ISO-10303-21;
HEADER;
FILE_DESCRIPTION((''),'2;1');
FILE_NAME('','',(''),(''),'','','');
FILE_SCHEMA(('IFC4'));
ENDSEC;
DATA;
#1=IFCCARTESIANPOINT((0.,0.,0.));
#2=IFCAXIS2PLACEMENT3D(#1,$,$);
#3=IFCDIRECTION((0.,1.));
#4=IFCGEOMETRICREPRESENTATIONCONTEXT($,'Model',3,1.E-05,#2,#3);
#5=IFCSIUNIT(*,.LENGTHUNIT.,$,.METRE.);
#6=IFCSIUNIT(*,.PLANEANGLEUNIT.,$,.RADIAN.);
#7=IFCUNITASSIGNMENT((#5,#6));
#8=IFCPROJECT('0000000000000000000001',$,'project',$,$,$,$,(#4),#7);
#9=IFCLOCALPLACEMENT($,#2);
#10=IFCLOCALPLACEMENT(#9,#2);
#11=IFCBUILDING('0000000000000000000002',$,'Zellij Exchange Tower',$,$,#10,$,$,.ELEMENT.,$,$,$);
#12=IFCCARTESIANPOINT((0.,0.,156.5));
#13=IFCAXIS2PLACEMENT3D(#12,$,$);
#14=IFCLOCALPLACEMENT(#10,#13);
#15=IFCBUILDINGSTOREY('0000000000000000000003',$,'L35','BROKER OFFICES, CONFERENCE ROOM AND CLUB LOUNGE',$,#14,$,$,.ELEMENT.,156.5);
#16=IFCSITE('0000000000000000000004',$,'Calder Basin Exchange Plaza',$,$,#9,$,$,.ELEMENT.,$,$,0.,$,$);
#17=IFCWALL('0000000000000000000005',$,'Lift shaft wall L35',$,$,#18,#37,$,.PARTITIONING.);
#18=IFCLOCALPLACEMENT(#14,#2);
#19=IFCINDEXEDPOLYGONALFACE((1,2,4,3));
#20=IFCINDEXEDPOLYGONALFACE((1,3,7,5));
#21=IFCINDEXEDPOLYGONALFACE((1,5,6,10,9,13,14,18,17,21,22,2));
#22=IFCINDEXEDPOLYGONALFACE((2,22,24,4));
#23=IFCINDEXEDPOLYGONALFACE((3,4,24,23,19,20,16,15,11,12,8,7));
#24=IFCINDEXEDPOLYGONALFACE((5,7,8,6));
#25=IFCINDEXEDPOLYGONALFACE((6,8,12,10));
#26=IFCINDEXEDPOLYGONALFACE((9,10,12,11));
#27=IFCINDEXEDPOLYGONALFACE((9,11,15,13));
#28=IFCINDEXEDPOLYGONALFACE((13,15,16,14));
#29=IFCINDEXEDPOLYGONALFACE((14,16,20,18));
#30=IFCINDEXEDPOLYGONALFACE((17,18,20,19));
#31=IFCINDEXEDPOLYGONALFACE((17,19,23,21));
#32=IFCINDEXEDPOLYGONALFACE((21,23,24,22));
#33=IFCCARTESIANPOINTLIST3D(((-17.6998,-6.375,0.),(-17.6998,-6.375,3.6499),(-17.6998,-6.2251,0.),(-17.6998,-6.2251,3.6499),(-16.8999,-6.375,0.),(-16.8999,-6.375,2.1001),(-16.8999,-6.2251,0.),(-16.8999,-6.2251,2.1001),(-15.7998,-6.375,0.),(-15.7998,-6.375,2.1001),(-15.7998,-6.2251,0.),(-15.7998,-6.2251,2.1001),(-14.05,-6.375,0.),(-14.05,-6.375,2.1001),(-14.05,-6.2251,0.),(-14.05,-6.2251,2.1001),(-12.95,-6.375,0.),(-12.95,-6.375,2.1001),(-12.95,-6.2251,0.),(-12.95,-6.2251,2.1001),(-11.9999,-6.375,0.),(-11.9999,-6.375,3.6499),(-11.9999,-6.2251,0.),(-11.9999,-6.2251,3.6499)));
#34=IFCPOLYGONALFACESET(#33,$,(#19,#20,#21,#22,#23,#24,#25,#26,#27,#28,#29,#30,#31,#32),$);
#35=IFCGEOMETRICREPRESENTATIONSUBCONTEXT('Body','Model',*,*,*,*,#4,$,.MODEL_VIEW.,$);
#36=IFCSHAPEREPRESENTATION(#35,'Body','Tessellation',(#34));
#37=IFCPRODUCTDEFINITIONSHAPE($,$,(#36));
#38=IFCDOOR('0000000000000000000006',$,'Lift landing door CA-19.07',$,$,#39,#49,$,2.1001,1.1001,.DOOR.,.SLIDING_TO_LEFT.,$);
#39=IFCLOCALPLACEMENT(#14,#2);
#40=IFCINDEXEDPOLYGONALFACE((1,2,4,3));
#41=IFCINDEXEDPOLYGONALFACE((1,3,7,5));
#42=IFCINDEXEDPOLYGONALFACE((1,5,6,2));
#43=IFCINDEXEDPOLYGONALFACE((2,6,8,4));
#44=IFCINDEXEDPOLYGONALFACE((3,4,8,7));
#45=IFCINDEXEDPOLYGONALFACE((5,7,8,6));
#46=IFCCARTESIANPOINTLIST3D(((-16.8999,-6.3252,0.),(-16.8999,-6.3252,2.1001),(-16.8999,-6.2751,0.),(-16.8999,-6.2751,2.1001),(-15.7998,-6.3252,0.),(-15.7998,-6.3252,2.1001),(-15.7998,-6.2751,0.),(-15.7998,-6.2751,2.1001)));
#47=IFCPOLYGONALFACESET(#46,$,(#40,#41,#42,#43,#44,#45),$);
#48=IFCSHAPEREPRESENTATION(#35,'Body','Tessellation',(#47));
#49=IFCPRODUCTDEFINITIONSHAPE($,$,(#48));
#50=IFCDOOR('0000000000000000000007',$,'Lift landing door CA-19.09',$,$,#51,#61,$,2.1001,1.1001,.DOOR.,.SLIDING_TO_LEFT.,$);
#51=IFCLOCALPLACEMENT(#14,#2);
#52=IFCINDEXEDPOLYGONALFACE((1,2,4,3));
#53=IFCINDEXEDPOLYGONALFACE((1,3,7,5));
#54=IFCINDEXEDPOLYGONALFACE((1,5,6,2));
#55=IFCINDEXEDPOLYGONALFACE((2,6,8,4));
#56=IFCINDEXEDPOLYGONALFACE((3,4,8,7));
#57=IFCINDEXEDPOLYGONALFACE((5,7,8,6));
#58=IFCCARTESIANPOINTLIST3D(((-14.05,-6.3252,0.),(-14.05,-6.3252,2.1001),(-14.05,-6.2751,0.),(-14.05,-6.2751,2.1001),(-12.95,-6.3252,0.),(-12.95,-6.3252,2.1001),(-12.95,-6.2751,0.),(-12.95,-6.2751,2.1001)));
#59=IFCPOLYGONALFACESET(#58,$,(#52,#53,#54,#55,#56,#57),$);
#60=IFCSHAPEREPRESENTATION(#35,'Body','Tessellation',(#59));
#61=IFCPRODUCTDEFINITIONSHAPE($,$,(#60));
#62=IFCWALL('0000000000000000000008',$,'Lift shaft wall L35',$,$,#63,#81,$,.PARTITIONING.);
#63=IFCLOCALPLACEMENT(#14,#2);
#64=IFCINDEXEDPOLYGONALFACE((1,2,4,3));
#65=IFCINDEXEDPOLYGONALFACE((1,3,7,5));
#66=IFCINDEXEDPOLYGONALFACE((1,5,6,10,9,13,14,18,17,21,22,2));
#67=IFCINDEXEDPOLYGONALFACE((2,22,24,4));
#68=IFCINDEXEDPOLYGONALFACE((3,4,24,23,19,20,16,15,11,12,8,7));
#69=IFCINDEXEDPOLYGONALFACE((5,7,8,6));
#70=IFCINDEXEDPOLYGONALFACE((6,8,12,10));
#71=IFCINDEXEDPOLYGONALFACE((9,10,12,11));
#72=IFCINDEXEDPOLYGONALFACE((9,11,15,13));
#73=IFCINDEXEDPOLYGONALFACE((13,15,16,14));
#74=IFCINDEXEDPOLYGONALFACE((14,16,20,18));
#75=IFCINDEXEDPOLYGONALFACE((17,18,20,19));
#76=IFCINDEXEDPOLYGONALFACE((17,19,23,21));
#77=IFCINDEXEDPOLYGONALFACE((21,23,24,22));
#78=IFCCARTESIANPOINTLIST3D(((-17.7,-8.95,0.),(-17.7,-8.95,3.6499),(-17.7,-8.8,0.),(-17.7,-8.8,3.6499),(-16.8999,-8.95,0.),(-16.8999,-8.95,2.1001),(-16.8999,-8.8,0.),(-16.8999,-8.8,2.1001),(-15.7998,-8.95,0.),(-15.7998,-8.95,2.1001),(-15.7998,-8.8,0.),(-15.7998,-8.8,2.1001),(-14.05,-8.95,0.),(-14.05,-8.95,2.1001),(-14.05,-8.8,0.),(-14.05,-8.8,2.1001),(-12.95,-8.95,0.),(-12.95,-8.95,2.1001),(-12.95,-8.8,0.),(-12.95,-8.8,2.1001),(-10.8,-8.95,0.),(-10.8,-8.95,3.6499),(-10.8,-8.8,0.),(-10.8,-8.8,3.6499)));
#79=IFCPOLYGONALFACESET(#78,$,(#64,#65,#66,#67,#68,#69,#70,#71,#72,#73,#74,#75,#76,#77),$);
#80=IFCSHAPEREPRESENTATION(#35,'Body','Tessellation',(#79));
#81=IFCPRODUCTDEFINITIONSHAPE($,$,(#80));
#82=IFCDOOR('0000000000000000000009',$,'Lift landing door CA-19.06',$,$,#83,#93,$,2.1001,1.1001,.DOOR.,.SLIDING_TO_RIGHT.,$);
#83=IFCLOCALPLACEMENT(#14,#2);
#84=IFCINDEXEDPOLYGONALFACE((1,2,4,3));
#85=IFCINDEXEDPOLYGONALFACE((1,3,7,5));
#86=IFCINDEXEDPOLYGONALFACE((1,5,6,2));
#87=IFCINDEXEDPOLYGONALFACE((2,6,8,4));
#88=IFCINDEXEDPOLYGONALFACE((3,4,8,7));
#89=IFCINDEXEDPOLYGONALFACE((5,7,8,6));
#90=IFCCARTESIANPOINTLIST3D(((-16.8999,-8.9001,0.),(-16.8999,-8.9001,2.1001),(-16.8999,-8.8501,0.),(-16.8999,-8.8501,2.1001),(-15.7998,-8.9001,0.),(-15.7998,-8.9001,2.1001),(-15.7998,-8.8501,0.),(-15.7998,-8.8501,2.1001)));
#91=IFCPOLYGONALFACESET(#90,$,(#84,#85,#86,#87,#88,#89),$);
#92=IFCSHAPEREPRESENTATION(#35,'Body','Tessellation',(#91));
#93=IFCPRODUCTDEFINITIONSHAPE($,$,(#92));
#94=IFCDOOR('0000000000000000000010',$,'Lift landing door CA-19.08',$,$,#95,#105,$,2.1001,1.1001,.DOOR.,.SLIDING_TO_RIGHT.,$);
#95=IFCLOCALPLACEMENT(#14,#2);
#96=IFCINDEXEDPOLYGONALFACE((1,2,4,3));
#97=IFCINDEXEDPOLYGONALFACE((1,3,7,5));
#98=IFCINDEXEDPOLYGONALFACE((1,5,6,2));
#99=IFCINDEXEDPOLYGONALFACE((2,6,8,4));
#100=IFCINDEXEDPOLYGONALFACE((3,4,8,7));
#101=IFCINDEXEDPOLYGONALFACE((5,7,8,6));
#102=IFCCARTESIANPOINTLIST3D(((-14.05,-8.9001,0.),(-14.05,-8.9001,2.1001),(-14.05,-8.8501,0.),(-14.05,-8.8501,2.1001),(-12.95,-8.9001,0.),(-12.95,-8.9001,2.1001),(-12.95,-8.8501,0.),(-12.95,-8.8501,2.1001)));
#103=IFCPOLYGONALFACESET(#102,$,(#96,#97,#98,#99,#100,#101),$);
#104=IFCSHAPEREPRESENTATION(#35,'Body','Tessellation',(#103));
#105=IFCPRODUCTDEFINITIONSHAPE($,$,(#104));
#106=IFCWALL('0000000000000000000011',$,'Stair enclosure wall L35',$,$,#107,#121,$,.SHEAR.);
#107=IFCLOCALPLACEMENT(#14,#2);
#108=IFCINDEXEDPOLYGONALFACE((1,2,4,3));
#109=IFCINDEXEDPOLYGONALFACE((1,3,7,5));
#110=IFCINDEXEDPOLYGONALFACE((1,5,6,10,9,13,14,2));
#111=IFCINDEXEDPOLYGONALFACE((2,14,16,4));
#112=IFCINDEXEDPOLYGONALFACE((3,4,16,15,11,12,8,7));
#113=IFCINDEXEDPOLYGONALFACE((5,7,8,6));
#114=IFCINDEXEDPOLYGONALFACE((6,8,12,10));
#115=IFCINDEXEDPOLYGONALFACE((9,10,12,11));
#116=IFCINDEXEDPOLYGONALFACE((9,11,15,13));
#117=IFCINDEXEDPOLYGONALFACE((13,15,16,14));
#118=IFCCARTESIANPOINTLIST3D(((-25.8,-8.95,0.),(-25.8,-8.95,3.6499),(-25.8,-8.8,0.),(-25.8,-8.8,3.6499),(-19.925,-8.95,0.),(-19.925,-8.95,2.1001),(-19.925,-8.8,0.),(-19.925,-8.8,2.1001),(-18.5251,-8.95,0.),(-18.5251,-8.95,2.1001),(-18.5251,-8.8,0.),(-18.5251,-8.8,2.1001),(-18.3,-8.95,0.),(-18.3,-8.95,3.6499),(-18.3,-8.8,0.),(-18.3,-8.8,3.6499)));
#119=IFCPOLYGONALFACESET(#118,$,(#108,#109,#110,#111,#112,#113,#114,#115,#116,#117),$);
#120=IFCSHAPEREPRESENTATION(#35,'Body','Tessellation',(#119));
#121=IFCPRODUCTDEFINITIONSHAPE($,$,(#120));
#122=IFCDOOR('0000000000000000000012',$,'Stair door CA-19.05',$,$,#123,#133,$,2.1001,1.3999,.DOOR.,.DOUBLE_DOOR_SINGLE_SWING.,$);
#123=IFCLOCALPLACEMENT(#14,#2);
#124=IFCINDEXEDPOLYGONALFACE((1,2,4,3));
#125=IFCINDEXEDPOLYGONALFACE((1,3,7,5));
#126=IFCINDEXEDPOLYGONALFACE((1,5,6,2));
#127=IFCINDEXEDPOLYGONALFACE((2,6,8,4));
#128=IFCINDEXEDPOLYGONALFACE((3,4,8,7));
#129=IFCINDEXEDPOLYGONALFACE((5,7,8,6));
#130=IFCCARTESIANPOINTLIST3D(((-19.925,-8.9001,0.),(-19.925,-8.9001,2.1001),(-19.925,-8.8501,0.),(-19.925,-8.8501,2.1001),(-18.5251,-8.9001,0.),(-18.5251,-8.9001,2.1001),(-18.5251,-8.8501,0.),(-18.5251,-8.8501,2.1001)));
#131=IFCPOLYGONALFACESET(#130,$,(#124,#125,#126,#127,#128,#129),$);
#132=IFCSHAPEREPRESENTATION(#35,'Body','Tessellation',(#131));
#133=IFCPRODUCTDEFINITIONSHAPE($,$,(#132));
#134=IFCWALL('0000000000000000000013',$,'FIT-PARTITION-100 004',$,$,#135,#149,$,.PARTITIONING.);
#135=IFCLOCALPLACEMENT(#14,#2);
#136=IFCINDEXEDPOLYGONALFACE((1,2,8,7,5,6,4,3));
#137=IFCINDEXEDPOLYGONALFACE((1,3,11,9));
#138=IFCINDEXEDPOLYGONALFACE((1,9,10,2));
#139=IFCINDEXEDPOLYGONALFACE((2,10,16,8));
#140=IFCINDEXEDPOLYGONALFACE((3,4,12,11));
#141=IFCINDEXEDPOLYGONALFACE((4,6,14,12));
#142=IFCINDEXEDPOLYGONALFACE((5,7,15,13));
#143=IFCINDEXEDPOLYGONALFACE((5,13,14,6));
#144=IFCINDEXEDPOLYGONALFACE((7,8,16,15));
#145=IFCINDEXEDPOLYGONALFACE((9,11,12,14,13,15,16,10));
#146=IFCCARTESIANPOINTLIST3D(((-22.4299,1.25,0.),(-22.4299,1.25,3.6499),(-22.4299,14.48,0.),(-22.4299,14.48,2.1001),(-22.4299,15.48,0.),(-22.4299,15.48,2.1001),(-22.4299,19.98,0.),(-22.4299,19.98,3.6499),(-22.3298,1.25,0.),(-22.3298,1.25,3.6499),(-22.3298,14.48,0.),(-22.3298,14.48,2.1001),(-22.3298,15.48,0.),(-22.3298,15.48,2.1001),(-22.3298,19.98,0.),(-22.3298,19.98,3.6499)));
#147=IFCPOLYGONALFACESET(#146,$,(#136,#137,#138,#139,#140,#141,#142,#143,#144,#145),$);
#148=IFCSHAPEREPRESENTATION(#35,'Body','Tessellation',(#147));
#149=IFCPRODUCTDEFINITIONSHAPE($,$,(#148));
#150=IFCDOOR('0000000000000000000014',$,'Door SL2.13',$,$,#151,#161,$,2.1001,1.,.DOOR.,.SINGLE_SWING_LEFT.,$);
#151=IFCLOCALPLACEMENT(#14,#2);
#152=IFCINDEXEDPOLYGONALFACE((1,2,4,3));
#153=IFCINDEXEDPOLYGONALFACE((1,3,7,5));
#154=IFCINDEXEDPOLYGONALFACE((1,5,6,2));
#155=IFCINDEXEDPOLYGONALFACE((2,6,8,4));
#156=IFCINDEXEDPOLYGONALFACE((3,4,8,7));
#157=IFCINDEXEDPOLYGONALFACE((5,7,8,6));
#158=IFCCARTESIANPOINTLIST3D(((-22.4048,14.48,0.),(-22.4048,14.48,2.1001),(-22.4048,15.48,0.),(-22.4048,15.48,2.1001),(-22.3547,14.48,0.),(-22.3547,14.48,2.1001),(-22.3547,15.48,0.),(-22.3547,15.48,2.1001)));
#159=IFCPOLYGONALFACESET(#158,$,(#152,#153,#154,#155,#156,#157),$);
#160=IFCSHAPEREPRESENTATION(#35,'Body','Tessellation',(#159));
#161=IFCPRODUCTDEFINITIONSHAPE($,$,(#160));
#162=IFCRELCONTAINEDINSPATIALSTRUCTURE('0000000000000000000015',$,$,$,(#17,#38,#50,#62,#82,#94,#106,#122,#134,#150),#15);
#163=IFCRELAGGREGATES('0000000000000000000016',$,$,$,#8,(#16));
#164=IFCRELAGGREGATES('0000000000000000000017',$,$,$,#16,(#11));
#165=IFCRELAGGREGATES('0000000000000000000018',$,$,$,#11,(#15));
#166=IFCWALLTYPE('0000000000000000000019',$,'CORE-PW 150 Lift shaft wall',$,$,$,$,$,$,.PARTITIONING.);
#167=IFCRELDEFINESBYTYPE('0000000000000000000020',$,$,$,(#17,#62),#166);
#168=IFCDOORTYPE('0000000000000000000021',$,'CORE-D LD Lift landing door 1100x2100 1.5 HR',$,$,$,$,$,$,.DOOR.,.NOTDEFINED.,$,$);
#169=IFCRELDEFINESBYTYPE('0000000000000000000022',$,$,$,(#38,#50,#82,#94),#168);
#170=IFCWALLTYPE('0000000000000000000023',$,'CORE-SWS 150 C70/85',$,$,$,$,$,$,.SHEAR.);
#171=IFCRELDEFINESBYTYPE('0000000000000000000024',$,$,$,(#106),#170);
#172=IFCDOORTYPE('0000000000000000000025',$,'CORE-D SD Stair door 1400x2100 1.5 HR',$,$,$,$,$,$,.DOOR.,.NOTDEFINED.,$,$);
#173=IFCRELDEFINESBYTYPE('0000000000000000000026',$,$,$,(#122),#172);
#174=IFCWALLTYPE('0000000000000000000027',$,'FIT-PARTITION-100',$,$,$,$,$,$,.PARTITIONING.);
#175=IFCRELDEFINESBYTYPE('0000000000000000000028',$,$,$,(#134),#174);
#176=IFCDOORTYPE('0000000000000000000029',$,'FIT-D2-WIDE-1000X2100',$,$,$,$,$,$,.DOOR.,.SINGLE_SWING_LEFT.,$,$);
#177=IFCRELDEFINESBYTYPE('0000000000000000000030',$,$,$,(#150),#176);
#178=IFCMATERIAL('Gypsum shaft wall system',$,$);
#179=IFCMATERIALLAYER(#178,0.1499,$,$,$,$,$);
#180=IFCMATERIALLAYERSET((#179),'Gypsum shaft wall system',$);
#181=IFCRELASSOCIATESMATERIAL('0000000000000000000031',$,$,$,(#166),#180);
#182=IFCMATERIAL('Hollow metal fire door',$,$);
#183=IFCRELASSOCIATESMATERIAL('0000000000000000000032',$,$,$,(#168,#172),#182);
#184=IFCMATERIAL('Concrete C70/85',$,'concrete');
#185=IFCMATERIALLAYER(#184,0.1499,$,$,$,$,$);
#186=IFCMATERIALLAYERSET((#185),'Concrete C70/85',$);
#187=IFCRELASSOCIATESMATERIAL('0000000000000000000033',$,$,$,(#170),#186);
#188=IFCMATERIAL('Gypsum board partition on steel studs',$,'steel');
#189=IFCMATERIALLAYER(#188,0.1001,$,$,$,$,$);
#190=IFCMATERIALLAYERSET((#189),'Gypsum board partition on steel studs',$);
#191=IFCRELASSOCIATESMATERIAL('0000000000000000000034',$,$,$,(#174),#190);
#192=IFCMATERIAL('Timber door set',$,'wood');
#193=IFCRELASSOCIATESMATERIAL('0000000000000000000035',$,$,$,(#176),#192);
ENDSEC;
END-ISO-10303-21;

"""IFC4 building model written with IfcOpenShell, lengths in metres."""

from ifc_helpers import new_model, si_unit, direction, frame, frame_2d, origin, place, context, subcontext, project, spatial, rectangle, extrude, material, layer, layer_set, type_object, element, fill, save


model = new_model("IFC4")

# Units and contexts
model_context = context("Model", 3, precision=1e-05, world=origin(), true_north=direction((0.0, 1.0)))
body_context = subcontext(model_context, "Body", "Model", "MODEL_VIEW")
ifc_project = project(units=[si_unit("LENGTHUNIT", "METRE"), si_unit("PLANEANGLEUNIT", "RADIAN")], contexts=[model_context])

# Site, building, storey
site_placement = place(None, origin())
site = spatial("IfcSite", under=ifc_project, at=site_placement, Name="Calder Basin Exchange Plaza", CompositionType="ELEMENT", RefElevation=0.0)
building_placement = place(site_placement, origin())
building = spatial("IfcBuilding", under=site, at=building_placement, Name="Zellij Exchange Tower", CompositionType="ELEMENT")
storey_placement = place(building_placement, frame((0.0, 0.0, 156.5)))
storey = spatial("IfcBuildingStorey", under=building, at=storey_placement, Name="L35", Description="BROKER OFFICES, CONFERENCE ROOM AND CLUB LOUNGE", CompositionType="ELEMENT", Elevation=156.5)

# Shared definitions
ifc_material_1 = material(Name="Gypsum shaft wall system")
ifc_layer_1 = layer(ifc_material_1, 0.1499)
ifc_layer_set_1 = layer_set([ifc_layer_1], Name="Gypsum shaft wall system")
wall_type_1 = type_object("IfcWallType", Name="CORE-PW 150 Lift shaft wall", PredefinedType="PARTITIONING", material=ifc_layer_set_1)

# Walls, openings, doors
ifc_material_2 = material(Name="Hollow metal fire door")
door_type_1 = type_object("IfcDoorType", Name="CORE-D LD Lift landing door 1100x2100 1.5 HR", OperationType="NOTDEFINED", PredefinedType="DOOR", material=ifc_material_2)
wall_1_placement = place(storey_placement, frame((-17.7, -6.3, 0.0), z_axis=(0.0, 0.0, 1.0), x_axis=(1.0, 0.0, 0.0)))
wall_1 = element("IfcWall", 1, at=wall_1_placement, inside=storey, type_object=wall_type_1, Name="Lift shaft wall L35", PredefinedType="PARTITIONING", context=body_context, shape_type="SweptSolid", body=[
    extrude(rectangle(XDim=5.7, YDim=0.1499, at=frame_2d((2.8501, 0.0))), origin(), (0.0, 0.0, 1.0), 3.6499),
])
opening_1_placement = place(wall_1_placement, frame((0.8, 0.0, 0.0)))
opening_1 = element("IfcOpeningElement", 2, at=opening_1_placement, cuts=wall_1, PredefinedType="OPENING", context=body_context, shape_type="SweptSolid", body=[
    extrude(rectangle(XDim=1.1001, YDim=2.1001, at=frame_2d((0.55, 1.05))), frame((0.0, 0.0869, 0.0), z_axis=(0.0, -1.0, 0.0), x_axis=(1.0, 0.0, 0.0)), (0.0, 0.0, 1.0), 0.1738),
])
opening_2_placement = place(wall_1_placement, frame((3.6499, 0.0, 0.0)))
opening_2 = element("IfcOpeningElement", 3, at=opening_2_placement, cuts=wall_1, PredefinedType="OPENING", context=body_context, shape_type="SweptSolid", body=[
    extrude(rectangle(XDim=1.1001, YDim=2.1001, at=frame_2d((0.55, 1.05))), frame((0.0, 0.0869, 0.0), z_axis=(0.0, -1.0, 0.0), x_axis=(1.0, 0.0, 0.0)), (0.0, 0.0, 1.0), 0.1738),
])
door_1_placement = place(opening_1_placement, origin())
door_1 = element("IfcDoor", 4, at=door_1_placement, inside=storey, type_object=door_type_1, Name="Lift landing door CA-19.07", OperationType="SLIDING_TO_LEFT", OverallHeight=2.1001, OverallWidth=1.1001, PredefinedType="DOOR", context=body_context, shape_type="SweptSolid", body=[
    extrude(rectangle(XDim=1.1001, YDim=2.1001, at=frame_2d((0.55, 1.05))), frame((0.0, 0.0249, 0.0), z_axis=(0.0, -1.0, 0.0), x_axis=(1.0, 0.0, 0.0)), (0.0, 0.0, 1.0), 0.05),
])
fill(opening_1, door_1)
door_2_placement = place(opening_2_placement, origin())
door_2 = element("IfcDoor", 5, at=door_2_placement, inside=storey, type_object=door_type_1, Name="Lift landing door CA-19.09", OperationType="SLIDING_TO_LEFT", OverallHeight=2.1001, OverallWidth=1.1001, PredefinedType="DOOR", context=body_context, shape_type="SweptSolid", body=[
    extrude(rectangle(XDim=1.1001, YDim=2.1001, at=frame_2d((0.55, 1.05))), frame((0.0, 0.0249, 0.0), z_axis=(0.0, -1.0, 0.0), x_axis=(1.0, 0.0, 0.0)), (0.0, 0.0, 1.0), 0.05),
])
fill(opening_2, door_2)
wall_2_placement = place(storey_placement, frame((-17.7, -8.875, 0.0), z_axis=(0.0, 0.0, 1.0), x_axis=(1.0, 0.0, 0.0)))
wall_2 = element("IfcWall", 6, at=wall_2_placement, inside=storey, type_object=wall_type_1, Name="Lift shaft wall L35", PredefinedType="PARTITIONING", context=body_context, shape_type="SweptSolid", body=[
    extrude(rectangle(XDim=6.8999, YDim=0.1499, at=frame_2d((3.45, 0.0))), origin(), (0.0, 0.0, 1.0), 3.6499),
])
opening_3_placement = place(wall_2_placement, frame((0.8, 0.0, 0.0)))
opening_3 = element("IfcOpeningElement", 7, at=opening_3_placement, cuts=wall_2, PredefinedType="OPENING", context=body_context, shape_type="SweptSolid", body=[
    extrude(rectangle(XDim=1.1001, YDim=2.1001, at=frame_2d((0.55, 1.05))), frame((0.0, 0.0869, 0.0), z_axis=(0.0, -1.0, 0.0), x_axis=(1.0, 0.0, 0.0)), (0.0, 0.0, 1.0), 0.1738),
])
opening_4_placement = place(wall_2_placement, frame((3.6499, 0.0, 0.0)))
opening_4 = element("IfcOpeningElement", 8, at=opening_4_placement, cuts=wall_2, PredefinedType="OPENING", context=body_context, shape_type="SweptSolid", body=[
    extrude(rectangle(XDim=1.1001, YDim=2.1001, at=frame_2d((0.55, 1.05))), frame((0.0, 0.0869, 0.0), z_axis=(0.0, -1.0, 0.0), x_axis=(1.0, 0.0, 0.0)), (0.0, 0.0, 1.0), 0.1738),
])
door_3_placement = place(opening_3_placement, origin())
door_3 = element("IfcDoor", 9, at=door_3_placement, inside=storey, type_object=door_type_1, Name="Lift landing door CA-19.06", OperationType="SLIDING_TO_RIGHT", OverallHeight=2.1001, OverallWidth=1.1001, PredefinedType="DOOR", context=body_context, shape_type="SweptSolid", body=[
    extrude(rectangle(XDim=1.1001, YDim=2.1001, at=frame_2d((0.55, 1.05))), frame((0.0, 0.0249, 0.0), z_axis=(0.0, -1.0, 0.0), x_axis=(1.0, 0.0, 0.0)), (0.0, 0.0, 1.0), 0.05),
])
fill(opening_3, door_3)
door_4_placement = place(opening_4_placement, origin())
door_4 = element("IfcDoor", 10, at=door_4_placement, inside=storey, type_object=door_type_1, Name="Lift landing door CA-19.08", OperationType="SLIDING_TO_RIGHT", OverallHeight=2.1001, OverallWidth=1.1001, PredefinedType="DOOR", context=body_context, shape_type="SweptSolid", body=[
    extrude(rectangle(XDim=1.1001, YDim=2.1001, at=frame_2d((0.55, 1.05))), frame((0.0, 0.0249, 0.0), z_axis=(0.0, -1.0, 0.0), x_axis=(1.0, 0.0, 0.0)), (0.0, 0.0, 1.0), 0.05),
])
fill(opening_4, door_4)

# Walls, openings, doors
ifc_material_3 = material(Name="Concrete C70/85", Category="concrete")
ifc_layer_2 = layer(ifc_material_3, 0.1499)
ifc_layer_set_2 = layer_set([ifc_layer_2], Name="Concrete C70/85")
wall_type_2 = type_object("IfcWallType", Name="CORE-SWS 150 C70/85", PredefinedType="SHEAR", material=ifc_layer_set_2)
wall_3_placement = place(storey_placement, frame((-25.8, -8.875, 0.0), z_axis=(0.0, 0.0, 1.0), x_axis=(1.0, 0.0, 0.0)))
wall_3 = element("IfcWall", 11, at=wall_3_placement, inside=storey, type_object=wall_type_2, Name="Stair enclosure wall L35", PredefinedType="SHEAR", context=body_context, shape_type="SweptSolid", body=[
    extrude(rectangle(XDim=7.5, YDim=0.1499, at=frame_2d((3.75, 0.0))), origin(), (0.0, 0.0, 1.0), 3.6499),
])
opening_5_placement = place(wall_3_placement, frame((5.875, 0.0, 0.0)))
opening_5 = element("IfcOpeningElement", 12, at=opening_5_placement, cuts=wall_3, PredefinedType="OPENING", context=body_context, shape_type="SweptSolid", body=[
    extrude(rectangle(XDim=1.3999, YDim=2.1001, at=frame_2d((0.7, 1.05))), frame((0.0, 0.0869, 0.0), z_axis=(0.0, -1.0, 0.0), x_axis=(1.0, 0.0, 0.0)), (0.0, 0.0, 1.0), 0.1738),
])
door_type_2 = type_object("IfcDoorType", Name="CORE-D SD Stair door 1400x2100 1.5 HR", OperationType="NOTDEFINED", PredefinedType="DOOR", material=ifc_material_2)
door_5_placement = place(opening_5_placement, origin())
door_5 = element("IfcDoor", 13, at=door_5_placement, inside=storey, type_object=door_type_2, Name="Stair door CA-19.05", OperationType="DOUBLE_DOOR_SINGLE_SWING", OverallHeight=2.1001, OverallWidth=1.3999, PredefinedType="DOOR", context=body_context, shape_type="SweptSolid", body=[
    extrude(rectangle(XDim=1.3999, YDim=2.1001, at=frame_2d((0.7, 1.05))), frame((0.0, 0.0249, 0.0), z_axis=(0.0, -1.0, 0.0), x_axis=(1.0, 0.0, 0.0)), (0.0, 0.0, 1.0), 0.05),
])
fill(opening_5, door_5)
ifc_material_4 = material(Name="Gypsum board partition on steel studs", Category="steel")
ifc_layer_3 = layer(ifc_material_4, 0.1001)
ifc_layer_set_3 = layer_set([ifc_layer_3], Name="Gypsum board partition on steel studs")
wall_type_3 = type_object("IfcWallType", Name="FIT-PARTITION-100", PredefinedType="PARTITIONING", material=ifc_layer_set_3)
wall_4_placement = place(storey_placement, frame((-22.3799, 1.25, 0.0), z_axis=(0.0, 0.0, 1.0), x_axis=(0.0, 1.0, 0.0)))
wall_4 = element("IfcWall", 14, at=wall_4_placement, inside=storey, type_object=wall_type_3, Name="FIT-PARTITION-100 004", PredefinedType="PARTITIONING", context=body_context, shape_type="SweptSolid", body=[
    extrude(rectangle(XDim=18.73, YDim=0.1001, at=frame_2d((9.365, 0.0))), origin(), (0.0, 0.0, 1.0), 3.6499),
])
opening_6_placement = place(wall_4_placement, frame((13.23, 0.0, 0.0)))
opening_6 = element("IfcOpeningElement", 15, at=opening_6_placement, cuts=wall_4, PredefinedType="OPENING", context=body_context, shape_type="SweptSolid", body=[
    extrude(rectangle(XDim=1.0, YDim=2.1001, at=frame_2d((0.5, 1.05))), frame((0.0, 0.062, 0.0), z_axis=(0.0, -1.0, 0.0), x_axis=(1.0, 0.0, 0.0)), (0.0, 0.0, 1.0), 0.124),
])
ifc_material_5 = material(Name="Timber door set", Category="wood")
door_type_3 = type_object("IfcDoorType", Name="FIT-D2-WIDE-1000X2100", OperationType="SINGLE_SWING_LEFT", PredefinedType="DOOR", material=ifc_material_5)
door_6_placement = place(opening_6_placement, origin())
door_6 = element("IfcDoor", 16, at=door_6_placement, inside=storey, type_object=door_type_3, Name="Door SL2.13", OperationType="SINGLE_SWING_LEFT", OverallHeight=2.1001, OverallWidth=1.0, PredefinedType="DOOR", context=body_context, shape_type="SweptSolid", body=[
    extrude(rectangle(XDim=1.0, YDim=2.1001, at=frame_2d((0.5, 1.05))), frame((0.0, 0.0249, 0.0), z_axis=(0.0, -1.0, 0.0), x_axis=(1.0, 0.0, 0.0)), (0.0, 0.0, 1.0), 0.05),
])
fill(opening_6, door_6)

save(model, "model.ifc")
